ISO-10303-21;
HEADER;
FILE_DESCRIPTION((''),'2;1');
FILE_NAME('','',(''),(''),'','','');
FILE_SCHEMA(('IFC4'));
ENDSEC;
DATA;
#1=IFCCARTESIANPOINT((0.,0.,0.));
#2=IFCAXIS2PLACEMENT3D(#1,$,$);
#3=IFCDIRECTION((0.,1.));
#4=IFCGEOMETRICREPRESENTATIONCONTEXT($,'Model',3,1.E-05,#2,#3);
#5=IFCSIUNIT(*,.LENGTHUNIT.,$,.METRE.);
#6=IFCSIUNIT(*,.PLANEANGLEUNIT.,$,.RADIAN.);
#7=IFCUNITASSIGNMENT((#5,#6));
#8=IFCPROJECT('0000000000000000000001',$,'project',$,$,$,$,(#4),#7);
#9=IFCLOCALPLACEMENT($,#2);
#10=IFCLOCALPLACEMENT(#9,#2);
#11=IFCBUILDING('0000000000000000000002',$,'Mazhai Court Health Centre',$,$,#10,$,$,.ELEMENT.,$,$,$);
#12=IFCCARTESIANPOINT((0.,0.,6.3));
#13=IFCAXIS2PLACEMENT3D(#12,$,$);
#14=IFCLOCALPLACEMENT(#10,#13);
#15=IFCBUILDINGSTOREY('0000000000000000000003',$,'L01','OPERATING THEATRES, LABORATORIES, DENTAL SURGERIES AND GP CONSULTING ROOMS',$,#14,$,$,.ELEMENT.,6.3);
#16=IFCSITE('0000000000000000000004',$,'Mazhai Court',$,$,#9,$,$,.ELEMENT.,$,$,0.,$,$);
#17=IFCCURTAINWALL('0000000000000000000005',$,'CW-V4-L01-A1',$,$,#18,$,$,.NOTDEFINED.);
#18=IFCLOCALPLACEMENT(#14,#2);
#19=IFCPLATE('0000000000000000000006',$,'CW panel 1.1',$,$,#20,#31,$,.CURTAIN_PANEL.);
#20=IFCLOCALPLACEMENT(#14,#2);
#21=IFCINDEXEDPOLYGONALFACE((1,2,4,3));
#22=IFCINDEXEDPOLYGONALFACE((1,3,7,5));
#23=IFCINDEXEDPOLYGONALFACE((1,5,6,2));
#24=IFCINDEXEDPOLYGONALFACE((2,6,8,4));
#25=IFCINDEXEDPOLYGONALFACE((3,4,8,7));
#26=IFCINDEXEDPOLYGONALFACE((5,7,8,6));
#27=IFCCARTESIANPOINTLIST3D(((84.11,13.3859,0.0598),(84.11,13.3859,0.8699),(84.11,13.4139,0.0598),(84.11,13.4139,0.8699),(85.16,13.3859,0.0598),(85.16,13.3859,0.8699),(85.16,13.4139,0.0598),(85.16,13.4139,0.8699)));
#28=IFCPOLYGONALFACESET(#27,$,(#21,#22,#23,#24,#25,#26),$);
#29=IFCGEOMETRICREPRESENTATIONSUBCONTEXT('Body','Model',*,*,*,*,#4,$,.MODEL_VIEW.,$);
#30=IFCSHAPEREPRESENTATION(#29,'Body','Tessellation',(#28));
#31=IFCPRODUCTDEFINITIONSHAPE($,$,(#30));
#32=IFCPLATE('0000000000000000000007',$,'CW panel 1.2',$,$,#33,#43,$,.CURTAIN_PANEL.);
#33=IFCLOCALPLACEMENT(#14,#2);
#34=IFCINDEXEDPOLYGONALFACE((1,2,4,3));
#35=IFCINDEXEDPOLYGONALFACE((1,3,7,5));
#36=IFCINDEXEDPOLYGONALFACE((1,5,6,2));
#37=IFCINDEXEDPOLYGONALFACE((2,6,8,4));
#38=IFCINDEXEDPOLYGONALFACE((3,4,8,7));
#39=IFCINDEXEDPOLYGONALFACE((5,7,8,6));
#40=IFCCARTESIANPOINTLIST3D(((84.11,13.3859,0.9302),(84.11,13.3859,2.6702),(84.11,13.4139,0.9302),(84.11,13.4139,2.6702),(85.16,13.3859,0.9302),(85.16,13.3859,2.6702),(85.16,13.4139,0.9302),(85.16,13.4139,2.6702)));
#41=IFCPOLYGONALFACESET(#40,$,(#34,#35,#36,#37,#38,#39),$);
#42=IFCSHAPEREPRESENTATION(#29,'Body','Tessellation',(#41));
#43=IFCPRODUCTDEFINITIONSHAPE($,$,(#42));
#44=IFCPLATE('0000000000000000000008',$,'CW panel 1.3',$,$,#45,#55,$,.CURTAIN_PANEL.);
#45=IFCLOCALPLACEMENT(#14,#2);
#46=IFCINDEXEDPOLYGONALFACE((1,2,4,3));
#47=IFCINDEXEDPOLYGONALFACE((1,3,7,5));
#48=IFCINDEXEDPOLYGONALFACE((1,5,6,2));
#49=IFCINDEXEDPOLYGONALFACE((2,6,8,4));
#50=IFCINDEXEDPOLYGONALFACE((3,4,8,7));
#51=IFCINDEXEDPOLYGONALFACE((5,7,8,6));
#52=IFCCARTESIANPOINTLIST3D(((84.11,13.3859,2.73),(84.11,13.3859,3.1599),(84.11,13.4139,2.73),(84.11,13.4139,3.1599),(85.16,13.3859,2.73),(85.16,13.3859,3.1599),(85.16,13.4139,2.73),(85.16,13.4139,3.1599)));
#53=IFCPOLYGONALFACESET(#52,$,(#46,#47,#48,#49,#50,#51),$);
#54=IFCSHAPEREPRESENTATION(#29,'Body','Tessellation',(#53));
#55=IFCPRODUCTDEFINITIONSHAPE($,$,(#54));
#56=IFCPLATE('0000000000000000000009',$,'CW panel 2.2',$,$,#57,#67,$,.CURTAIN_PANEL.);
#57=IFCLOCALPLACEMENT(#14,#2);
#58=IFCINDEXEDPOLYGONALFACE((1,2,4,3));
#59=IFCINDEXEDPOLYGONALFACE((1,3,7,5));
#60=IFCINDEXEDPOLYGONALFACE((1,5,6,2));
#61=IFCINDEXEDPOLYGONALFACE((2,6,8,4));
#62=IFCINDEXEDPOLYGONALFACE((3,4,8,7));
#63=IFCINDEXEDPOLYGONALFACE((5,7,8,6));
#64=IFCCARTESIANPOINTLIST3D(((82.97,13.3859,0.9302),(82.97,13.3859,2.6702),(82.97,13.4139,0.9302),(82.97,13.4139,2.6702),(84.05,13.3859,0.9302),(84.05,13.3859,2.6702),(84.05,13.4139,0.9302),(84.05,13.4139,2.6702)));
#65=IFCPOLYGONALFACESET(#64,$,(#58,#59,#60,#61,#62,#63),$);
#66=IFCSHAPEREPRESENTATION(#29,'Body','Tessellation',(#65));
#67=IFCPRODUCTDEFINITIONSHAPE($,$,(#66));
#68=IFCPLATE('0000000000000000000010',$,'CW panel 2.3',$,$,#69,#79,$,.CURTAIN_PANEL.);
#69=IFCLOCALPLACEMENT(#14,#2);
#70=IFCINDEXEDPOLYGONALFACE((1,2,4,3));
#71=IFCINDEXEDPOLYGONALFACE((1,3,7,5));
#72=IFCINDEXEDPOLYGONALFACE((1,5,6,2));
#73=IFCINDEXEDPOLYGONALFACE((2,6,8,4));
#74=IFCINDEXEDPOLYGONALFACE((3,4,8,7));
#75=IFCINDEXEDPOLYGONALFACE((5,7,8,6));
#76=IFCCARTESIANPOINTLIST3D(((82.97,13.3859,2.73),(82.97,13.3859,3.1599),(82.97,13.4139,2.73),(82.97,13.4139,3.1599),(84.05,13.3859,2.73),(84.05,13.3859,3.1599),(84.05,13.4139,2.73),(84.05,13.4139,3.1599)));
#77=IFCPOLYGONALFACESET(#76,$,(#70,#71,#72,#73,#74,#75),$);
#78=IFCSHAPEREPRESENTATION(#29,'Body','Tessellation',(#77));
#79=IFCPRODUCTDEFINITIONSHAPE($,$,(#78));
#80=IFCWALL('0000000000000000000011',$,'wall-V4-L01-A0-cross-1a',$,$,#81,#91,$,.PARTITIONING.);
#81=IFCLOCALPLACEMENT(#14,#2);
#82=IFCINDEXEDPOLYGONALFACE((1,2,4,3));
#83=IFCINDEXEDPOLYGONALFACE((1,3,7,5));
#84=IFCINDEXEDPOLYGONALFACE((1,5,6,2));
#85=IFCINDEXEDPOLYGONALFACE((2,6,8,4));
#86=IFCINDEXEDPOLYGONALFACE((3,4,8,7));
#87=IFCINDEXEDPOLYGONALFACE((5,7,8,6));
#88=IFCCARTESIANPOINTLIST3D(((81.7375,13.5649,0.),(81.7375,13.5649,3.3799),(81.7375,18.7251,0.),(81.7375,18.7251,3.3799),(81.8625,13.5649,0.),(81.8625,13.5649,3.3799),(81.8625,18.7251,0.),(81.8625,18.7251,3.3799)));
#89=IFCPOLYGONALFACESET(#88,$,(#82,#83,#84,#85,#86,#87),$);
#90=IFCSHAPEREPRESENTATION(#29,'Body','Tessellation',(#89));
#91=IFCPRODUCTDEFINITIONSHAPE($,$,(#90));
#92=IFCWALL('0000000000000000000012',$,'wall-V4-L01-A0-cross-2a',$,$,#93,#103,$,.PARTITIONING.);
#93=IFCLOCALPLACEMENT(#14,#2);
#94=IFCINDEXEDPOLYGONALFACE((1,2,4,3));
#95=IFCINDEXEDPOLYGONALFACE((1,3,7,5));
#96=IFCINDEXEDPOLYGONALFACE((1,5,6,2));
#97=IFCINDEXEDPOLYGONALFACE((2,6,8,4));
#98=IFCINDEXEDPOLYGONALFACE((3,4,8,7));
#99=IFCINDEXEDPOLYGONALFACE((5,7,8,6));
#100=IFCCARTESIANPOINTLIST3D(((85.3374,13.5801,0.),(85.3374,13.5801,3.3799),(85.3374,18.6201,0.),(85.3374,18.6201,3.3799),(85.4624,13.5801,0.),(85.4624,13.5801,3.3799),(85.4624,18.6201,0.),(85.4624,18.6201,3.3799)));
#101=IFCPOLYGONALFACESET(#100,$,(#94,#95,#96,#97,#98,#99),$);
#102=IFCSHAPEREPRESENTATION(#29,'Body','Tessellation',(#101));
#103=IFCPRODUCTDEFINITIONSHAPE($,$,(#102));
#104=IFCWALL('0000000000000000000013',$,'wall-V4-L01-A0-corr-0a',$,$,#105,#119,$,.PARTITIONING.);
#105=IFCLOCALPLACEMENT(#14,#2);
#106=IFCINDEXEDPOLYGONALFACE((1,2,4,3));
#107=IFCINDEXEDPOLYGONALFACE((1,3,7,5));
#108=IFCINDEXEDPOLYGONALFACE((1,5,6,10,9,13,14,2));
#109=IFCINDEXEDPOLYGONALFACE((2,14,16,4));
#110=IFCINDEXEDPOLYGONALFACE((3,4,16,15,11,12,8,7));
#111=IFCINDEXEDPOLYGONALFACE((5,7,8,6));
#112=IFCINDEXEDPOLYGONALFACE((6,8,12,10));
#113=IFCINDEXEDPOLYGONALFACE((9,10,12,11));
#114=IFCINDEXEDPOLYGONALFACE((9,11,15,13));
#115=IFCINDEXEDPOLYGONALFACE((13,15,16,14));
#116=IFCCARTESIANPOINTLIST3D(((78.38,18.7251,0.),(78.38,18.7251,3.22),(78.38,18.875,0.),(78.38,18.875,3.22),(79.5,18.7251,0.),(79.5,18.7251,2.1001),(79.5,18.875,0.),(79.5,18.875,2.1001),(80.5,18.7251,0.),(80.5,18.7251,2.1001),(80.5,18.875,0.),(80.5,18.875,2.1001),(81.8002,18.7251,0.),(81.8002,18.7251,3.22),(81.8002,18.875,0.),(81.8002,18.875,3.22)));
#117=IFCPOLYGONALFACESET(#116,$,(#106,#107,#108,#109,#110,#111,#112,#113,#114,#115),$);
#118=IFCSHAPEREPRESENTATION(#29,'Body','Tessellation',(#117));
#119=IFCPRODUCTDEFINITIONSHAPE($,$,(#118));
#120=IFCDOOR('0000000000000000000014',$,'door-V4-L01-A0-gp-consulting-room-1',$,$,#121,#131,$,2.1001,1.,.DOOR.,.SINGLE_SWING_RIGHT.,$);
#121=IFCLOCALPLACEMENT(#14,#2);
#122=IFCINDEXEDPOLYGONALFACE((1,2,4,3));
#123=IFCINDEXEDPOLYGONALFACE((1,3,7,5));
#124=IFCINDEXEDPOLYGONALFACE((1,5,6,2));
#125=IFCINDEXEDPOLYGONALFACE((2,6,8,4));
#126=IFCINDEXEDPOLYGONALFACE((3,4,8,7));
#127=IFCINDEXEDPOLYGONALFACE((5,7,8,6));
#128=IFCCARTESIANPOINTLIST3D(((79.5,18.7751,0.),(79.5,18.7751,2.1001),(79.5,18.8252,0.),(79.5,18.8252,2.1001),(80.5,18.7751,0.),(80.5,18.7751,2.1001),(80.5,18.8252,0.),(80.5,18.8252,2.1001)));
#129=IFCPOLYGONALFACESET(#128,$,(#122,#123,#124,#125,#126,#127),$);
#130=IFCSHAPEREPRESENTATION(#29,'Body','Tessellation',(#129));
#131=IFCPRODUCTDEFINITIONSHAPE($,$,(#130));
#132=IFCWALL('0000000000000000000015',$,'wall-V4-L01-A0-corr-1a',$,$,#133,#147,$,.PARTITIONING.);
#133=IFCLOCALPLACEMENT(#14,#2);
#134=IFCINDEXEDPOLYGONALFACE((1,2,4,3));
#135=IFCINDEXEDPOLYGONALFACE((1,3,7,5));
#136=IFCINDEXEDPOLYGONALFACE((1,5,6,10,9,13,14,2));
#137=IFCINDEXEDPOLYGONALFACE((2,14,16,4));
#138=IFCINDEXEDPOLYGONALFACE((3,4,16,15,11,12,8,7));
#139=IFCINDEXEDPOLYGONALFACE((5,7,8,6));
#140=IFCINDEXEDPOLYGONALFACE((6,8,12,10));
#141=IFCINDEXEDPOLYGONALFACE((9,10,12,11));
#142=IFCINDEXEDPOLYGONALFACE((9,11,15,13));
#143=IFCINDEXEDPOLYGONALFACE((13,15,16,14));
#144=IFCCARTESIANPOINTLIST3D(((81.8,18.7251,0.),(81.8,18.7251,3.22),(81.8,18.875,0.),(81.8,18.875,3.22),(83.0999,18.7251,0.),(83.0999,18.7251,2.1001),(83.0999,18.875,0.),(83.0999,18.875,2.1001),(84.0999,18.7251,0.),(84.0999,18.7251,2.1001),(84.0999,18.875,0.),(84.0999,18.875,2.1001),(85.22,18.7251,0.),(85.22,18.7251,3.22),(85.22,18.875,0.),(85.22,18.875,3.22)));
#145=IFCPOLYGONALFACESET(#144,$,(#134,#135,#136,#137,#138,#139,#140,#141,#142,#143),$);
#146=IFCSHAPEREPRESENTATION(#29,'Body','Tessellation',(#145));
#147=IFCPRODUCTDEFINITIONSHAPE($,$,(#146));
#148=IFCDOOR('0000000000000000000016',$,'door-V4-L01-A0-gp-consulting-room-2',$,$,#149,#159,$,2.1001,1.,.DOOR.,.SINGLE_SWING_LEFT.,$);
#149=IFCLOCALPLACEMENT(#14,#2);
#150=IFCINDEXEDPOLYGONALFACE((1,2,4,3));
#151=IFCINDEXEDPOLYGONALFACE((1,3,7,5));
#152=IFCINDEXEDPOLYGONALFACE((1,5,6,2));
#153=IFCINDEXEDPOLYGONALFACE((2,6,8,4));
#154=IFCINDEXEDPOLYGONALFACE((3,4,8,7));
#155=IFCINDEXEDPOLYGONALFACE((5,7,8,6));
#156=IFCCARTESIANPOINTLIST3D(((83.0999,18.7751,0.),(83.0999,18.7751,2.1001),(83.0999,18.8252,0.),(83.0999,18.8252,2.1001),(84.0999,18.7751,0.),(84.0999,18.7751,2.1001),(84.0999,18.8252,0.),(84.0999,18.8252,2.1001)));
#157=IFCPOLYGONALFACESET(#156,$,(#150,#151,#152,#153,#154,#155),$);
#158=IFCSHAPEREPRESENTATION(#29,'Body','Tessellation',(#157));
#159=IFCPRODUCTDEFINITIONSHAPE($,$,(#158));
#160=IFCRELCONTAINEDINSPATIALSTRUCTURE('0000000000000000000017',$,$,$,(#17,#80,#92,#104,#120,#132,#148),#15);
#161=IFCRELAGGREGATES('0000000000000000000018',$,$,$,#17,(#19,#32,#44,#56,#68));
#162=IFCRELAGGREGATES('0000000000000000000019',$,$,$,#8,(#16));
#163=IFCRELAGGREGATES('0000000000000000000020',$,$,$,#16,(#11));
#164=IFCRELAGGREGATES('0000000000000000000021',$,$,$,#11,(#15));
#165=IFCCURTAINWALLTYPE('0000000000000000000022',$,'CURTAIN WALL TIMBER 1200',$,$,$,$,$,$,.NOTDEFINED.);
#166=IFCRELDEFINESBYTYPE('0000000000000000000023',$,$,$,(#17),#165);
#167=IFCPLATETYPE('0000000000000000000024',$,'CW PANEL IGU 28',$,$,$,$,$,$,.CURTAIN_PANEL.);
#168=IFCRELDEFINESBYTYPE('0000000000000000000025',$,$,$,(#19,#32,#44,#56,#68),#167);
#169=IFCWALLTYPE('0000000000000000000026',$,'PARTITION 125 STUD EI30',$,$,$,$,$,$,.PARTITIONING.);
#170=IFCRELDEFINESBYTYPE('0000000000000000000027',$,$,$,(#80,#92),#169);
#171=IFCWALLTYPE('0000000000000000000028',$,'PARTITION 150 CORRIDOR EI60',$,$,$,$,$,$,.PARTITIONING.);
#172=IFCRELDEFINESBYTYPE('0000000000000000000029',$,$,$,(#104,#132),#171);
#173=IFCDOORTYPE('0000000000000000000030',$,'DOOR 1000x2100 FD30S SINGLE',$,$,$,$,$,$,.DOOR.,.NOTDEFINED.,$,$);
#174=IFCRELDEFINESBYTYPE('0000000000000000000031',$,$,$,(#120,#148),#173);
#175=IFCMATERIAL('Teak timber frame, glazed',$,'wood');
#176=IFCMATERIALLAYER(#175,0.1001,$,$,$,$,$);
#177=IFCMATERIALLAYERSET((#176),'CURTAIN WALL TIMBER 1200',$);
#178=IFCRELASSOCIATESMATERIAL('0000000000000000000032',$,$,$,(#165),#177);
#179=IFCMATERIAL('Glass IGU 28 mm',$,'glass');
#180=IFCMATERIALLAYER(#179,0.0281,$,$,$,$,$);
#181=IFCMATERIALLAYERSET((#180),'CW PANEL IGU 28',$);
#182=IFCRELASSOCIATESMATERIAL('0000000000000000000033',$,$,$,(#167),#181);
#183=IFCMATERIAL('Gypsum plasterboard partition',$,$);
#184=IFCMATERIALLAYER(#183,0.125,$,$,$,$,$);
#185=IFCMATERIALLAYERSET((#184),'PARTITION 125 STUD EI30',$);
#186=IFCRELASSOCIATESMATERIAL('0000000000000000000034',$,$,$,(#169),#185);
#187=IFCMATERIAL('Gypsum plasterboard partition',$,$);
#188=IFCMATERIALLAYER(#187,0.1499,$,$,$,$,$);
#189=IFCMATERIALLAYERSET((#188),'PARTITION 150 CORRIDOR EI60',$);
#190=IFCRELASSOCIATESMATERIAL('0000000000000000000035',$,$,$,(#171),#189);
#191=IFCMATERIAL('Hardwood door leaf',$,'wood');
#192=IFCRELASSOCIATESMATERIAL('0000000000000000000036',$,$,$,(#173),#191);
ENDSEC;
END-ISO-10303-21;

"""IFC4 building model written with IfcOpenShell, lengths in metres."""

from ifc_helpers import new_model, si_unit, direction, frame, frame_2d, origin, origin_2d, place, context, subcontext, project, spatial, rectangle, extrude, material, layer, layer_set, type_object, element, fill, aggregate, save


model = new_model("IFC4")

# Units and contexts
model_context = context("Model", 3, precision=1e-05, world=origin(), true_north=direction((0.0, 1.0)))
body_context = subcontext(model_context, "Body", "Model", "MODEL_VIEW")
ifc_project = project(units=[si_unit("LENGTHUNIT", "METRE"), si_unit("PLANEANGLEUNIT", "RADIAN")], contexts=[model_context])

# Site, building, storey
site_placement = place(None, origin())
site = spatial("IfcSite", under=ifc_project, at=site_placement, Name="Mazhai Court", CompositionType="ELEMENT", RefElevation=0.0)
building_placement = place(site_placement, origin())
building = spatial("IfcBuilding", under=site, at=building_placement, Name="Mazhai Court Health Centre", CompositionType="ELEMENT")
storey_placement = place(building_placement, frame((0.0, 0.0, 6.3)))
storey = spatial("IfcBuildingStorey", under=building, at=storey_placement, Name="L01", Description="OPERATING THEATRES, LABORATORIES, DENTAL SURGERIES AND GP CONSULTING ROOMS", CompositionType="ELEMENT", Elevation=6.3)

# Curtain wall
ifc_material_1 = material(Name="Teak timber frame, glazed", Category="wood")
ifc_layer_1 = layer(ifc_material_1, 0.1001)
ifc_layer_set_1 = layer_set([ifc_layer_1], Name="CURTAIN WALL TIMBER 1200")
curtain_wall_type = type_object("IfcCurtainWallType", Name="CURTAIN WALL TIMBER 1200", PredefinedType="NOTDEFINED", material=ifc_layer_set_1)
curtain_wall_1_placement = place(storey_placement, origin())
curtain_wall_1 = element("IfcCurtainWall", 1, at=curtain_wall_1_placement, inside=storey, type_object=curtain_wall_type, Name="CW-V4-L01-A1", PredefinedType="NOTDEFINED")

# Plates
ifc_material_2 = material(Name="Glass IGU 28 mm", Category="glass")
ifc_layer_2 = layer(ifc_material_2, 0.0281)
ifc_layer_set_2 = layer_set([ifc_layer_2], Name="CW PANEL IGU 28")
plate_type = type_object("IfcPlateType", Name="CW PANEL IGU 28", PredefinedType="CURTAIN_PANEL", material=ifc_layer_set_2)
plate_1_placement = place(storey_placement, frame((84.635, 13.3999, 0.0598), z_axis=(0.0, 0.0, 1.0), x_axis=(-1.0, 0.0, 0.0)))
plate_1 = element("IfcPlate", 2, at=plate_1_placement, type_object=plate_type, Name="CW panel 1.1", PredefinedType="CURTAIN_PANEL", context=body_context, shape_type="SweptSolid", body=[
    extrude(rectangle(XDim=1.05, YDim=0.0281, at=origin_2d()), origin(), (0.0, 0.0, 1.0), 0.8101),
])
plate_2_placement = place(storey_placement, frame((84.635, 13.3999, 0.9302), z_axis=(0.0, 0.0, 1.0), x_axis=(-1.0, 0.0, 0.0)))
plate_2 = element("IfcPlate", 3, at=plate_2_placement, type_object=plate_type, Name="CW panel 1.2", PredefinedType="CURTAIN_PANEL", context=body_context, shape_type="SweptSolid", body=[
    extrude(rectangle(XDim=1.05, YDim=0.0281, at=origin_2d()), origin(), (0.0, 0.0, 1.0), 1.74),
])
plate_3_placement = place(storey_placement, frame((84.635, 13.3999, 2.73), z_axis=(0.0, 0.0, 1.0), x_axis=(-1.0, 0.0, 0.0)))
plate_3 = element("IfcPlate", 4, at=plate_3_placement, type_object=plate_type, Name="CW panel 1.3", PredefinedType="CURTAIN_PANEL", context=body_context, shape_type="SweptSolid", body=[
    extrude(rectangle(XDim=1.05, YDim=0.0281, at=origin_2d()), origin(), (0.0, 0.0, 1.0), 0.4299),
])
plate_4_placement = place(storey_placement, frame((83.51, 13.3999, 0.9302), z_axis=(0.0, 0.0, 1.0), x_axis=(-1.0, 0.0, 0.0)))
plate_4 = element("IfcPlate", 5, at=plate_4_placement, type_object=plate_type, Name="CW panel 2.2", PredefinedType="CURTAIN_PANEL", context=body_context, shape_type="SweptSolid", body=[
    extrude(rectangle(XDim=1.0801, YDim=0.0281, at=origin_2d()), origin(), (0.0, 0.0, 1.0), 1.74),
])
plate_5_placement = place(storey_placement, frame((83.51, 13.3999, 2.73), z_axis=(0.0, 0.0, 1.0), x_axis=(-1.0, 0.0, 0.0)))
plate_5 = element("IfcPlate", 6, at=plate_5_placement, type_object=plate_type, Name="CW panel 2.3", PredefinedType="CURTAIN_PANEL", context=body_context, shape_type="SweptSolid", body=[
    extrude(rectangle(XDim=1.0801, YDim=0.0281, at=origin_2d()), origin(), (0.0, 0.0, 1.0), 0.4299),
])
aggregate(curtain_wall_1, [plate_1, plate_2, plate_3, plate_4, plate_5])

# Walls
ifc_material_3 = material(Name="Gypsum plasterboard partition")
ifc_layer_3 = layer(ifc_material_3, 0.125)
ifc_layer_set_3 = layer_set([ifc_layer_3], Name="PARTITION 125 STUD EI30")
wall_type_1 = type_object("IfcWallType", Name="PARTITION 125 STUD EI30", PredefinedType="PARTITIONING", material=ifc_layer_set_3)
wall_1_placement = place(storey_placement, frame((81.8, 13.5649, 0.0), z_axis=(0.0, 0.0, 1.0), x_axis=(0.0, 1.0, 0.0)))
element("IfcWall", 7, at=wall_1_placement, inside=storey, type_object=wall_type_1, Name="wall-V4-L01-A0-cross-1a", PredefinedType="PARTITIONING", context=body_context, shape_type="SweptSolid", body=[
    extrude(rectangle(XDim=5.1602, YDim=0.125, at=frame_2d((2.5801, 0.0))), origin(), (0.0, 0.0, 1.0), 3.3799),
])
wall_2_placement = place(storey_placement, frame((85.3999, 13.5801, 0.0), z_axis=(0.0, 0.0, 1.0), x_axis=(0.0, 1.0, 0.0)))
element("IfcWall", 8, at=wall_2_placement, inside=storey, type_object=wall_type_1, Name="wall-V4-L01-A0-cross-2a", PredefinedType="PARTITIONING", context=body_context, shape_type="SweptSolid", body=[
    extrude(rectangle(XDim=5.04, YDim=0.125, at=frame_2d((2.52, 0.0))), origin(), (0.0, 0.0, 1.0), 3.3799),
])

# Walls, openings, doors
ifc_material_4 = material(Name="Gypsum plasterboard partition")
ifc_layer_4 = layer(ifc_material_4, 0.1499)
ifc_layer_set_4 = layer_set([ifc_layer_4], Name="PARTITION 150 CORRIDOR EI60")
wall_type_2 = type_object("IfcWallType", Name="PARTITION 150 CORRIDOR EI60", PredefinedType="PARTITIONING", material=ifc_layer_set_4)
wall_3_placement = place(storey_placement, frame((81.8, 18.8, 0.0), z_axis=(0.0, 0.0, 1.0), x_axis=(-1.0, 0.0, 0.0)))
wall_3 = element("IfcWall", 9, at=wall_3_placement, inside=storey, type_object=wall_type_2, Name="wall-V4-L01-A0-corr-0a", PredefinedType="PARTITIONING", context=body_context, shape_type="SweptSolid", body=[
    extrude(rectangle(XDim=3.4202, YDim=0.1499, at=frame_2d((1.71, 0.0))), origin(), (0.0, 0.0, 1.0), 3.22),
])
opening_1_placement = place(wall_3_placement, frame((1.3, 0.0, 0.0)))
opening_1 = element("IfcOpeningElement", 10, at=opening_1_placement, cuts=wall_3, PredefinedType="OPENING", context=body_context, shape_type="SweptSolid", body=[
    extrude(rectangle(XDim=1.0, YDim=2.1001, at=frame_2d((0.5, 1.05))), frame((0.0, 0.085, 0.0), z_axis=(0.0, -1.0, 0.0), x_axis=(1.0, 0.0, 0.0)), (0.0, 0.0, 1.0), 0.1699),
])
ifc_material_5 = material(Name="Hardwood door leaf", Category="wood")
door_type = type_object("IfcDoorType", Name="DOOR 1000x2100 FD30S SINGLE", OperationType="NOTDEFINED", PredefinedType="DOOR", material=ifc_material_5)
door_1_placement = place(opening_1_placement, origin())
door_1 = element("IfcDoor", 11, at=door_1_placement, inside=storey, type_object=door_type, Name="door-V4-L01-A0-gp-consulting-room-1", OperationType="SINGLE_SWING_RIGHT", OverallHeight=2.1001, OverallWidth=1.0, PredefinedType="DOOR", context=body_context, shape_type="SweptSolid", body=[
    extrude(rectangle(XDim=1.0, YDim=2.1001, at=frame_2d((0.5, 1.05))), frame((0.0, 0.0249, 0.0), z_axis=(0.0, -1.0, 0.0), x_axis=(1.0, 0.0, 0.0)), (0.0, 0.0, 1.0), 0.05),
])
fill(opening_1, door_1)
wall_4_placement = place(storey_placement, frame((85.22, 18.8, 0.0), z_axis=(0.0, 0.0, 1.0), x_axis=(-1.0, 0.0, 0.0)))
wall_4 = element("IfcWall", 12, at=wall_4_placement, inside=storey, type_object=wall_type_2, Name="wall-V4-L01-A0-corr-1a", PredefinedType="PARTITIONING", context=body_context, shape_type="SweptSolid", body=[
    extrude(rectangle(XDim=3.4199, YDim=0.1499, at=frame_2d((1.71, 0.0))), origin(), (0.0, 0.0, 1.0), 3.22),
])
opening_2_placement = place(wall_4_placement, frame((1.1201, 0.0, 0.0)))
opening_2 = element("IfcOpeningElement", 13, at=opening_2_placement, cuts=wall_4, PredefinedType="OPENING", context=body_context, shape_type="SweptSolid", body=[
    extrude(rectangle(XDim=1.0, YDim=2.1001, at=frame_2d((0.5, 1.05))), frame((0.0, 0.085, 0.0), z_axis=(0.0, -1.0, 0.0), x_axis=(1.0, 0.0, 0.0)), (0.0, 0.0, 1.0), 0.1699),
])
door_2_placement = place(opening_2_placement, origin())
door_2 = element("IfcDoor", 14, at=door_2_placement, inside=storey, type_object=door_type, Name="door-V4-L01-A0-gp-consulting-room-2", OperationType="SINGLE_SWING_LEFT", OverallHeight=2.1001, OverallWidth=1.0, PredefinedType="DOOR", context=body_context, shape_type="SweptSolid", body=[
    extrude(rectangle(XDim=1.0, YDim=2.1001, at=frame_2d((0.5, 1.05))), frame((0.0, 0.0249, 0.0), z_axis=(0.0, -1.0, 0.0), x_axis=(1.0, 0.0, 0.0)), (0.0, 0.0, 1.0), 0.05),
])
fill(opening_2, door_2)

save(model, "model.ifc")
